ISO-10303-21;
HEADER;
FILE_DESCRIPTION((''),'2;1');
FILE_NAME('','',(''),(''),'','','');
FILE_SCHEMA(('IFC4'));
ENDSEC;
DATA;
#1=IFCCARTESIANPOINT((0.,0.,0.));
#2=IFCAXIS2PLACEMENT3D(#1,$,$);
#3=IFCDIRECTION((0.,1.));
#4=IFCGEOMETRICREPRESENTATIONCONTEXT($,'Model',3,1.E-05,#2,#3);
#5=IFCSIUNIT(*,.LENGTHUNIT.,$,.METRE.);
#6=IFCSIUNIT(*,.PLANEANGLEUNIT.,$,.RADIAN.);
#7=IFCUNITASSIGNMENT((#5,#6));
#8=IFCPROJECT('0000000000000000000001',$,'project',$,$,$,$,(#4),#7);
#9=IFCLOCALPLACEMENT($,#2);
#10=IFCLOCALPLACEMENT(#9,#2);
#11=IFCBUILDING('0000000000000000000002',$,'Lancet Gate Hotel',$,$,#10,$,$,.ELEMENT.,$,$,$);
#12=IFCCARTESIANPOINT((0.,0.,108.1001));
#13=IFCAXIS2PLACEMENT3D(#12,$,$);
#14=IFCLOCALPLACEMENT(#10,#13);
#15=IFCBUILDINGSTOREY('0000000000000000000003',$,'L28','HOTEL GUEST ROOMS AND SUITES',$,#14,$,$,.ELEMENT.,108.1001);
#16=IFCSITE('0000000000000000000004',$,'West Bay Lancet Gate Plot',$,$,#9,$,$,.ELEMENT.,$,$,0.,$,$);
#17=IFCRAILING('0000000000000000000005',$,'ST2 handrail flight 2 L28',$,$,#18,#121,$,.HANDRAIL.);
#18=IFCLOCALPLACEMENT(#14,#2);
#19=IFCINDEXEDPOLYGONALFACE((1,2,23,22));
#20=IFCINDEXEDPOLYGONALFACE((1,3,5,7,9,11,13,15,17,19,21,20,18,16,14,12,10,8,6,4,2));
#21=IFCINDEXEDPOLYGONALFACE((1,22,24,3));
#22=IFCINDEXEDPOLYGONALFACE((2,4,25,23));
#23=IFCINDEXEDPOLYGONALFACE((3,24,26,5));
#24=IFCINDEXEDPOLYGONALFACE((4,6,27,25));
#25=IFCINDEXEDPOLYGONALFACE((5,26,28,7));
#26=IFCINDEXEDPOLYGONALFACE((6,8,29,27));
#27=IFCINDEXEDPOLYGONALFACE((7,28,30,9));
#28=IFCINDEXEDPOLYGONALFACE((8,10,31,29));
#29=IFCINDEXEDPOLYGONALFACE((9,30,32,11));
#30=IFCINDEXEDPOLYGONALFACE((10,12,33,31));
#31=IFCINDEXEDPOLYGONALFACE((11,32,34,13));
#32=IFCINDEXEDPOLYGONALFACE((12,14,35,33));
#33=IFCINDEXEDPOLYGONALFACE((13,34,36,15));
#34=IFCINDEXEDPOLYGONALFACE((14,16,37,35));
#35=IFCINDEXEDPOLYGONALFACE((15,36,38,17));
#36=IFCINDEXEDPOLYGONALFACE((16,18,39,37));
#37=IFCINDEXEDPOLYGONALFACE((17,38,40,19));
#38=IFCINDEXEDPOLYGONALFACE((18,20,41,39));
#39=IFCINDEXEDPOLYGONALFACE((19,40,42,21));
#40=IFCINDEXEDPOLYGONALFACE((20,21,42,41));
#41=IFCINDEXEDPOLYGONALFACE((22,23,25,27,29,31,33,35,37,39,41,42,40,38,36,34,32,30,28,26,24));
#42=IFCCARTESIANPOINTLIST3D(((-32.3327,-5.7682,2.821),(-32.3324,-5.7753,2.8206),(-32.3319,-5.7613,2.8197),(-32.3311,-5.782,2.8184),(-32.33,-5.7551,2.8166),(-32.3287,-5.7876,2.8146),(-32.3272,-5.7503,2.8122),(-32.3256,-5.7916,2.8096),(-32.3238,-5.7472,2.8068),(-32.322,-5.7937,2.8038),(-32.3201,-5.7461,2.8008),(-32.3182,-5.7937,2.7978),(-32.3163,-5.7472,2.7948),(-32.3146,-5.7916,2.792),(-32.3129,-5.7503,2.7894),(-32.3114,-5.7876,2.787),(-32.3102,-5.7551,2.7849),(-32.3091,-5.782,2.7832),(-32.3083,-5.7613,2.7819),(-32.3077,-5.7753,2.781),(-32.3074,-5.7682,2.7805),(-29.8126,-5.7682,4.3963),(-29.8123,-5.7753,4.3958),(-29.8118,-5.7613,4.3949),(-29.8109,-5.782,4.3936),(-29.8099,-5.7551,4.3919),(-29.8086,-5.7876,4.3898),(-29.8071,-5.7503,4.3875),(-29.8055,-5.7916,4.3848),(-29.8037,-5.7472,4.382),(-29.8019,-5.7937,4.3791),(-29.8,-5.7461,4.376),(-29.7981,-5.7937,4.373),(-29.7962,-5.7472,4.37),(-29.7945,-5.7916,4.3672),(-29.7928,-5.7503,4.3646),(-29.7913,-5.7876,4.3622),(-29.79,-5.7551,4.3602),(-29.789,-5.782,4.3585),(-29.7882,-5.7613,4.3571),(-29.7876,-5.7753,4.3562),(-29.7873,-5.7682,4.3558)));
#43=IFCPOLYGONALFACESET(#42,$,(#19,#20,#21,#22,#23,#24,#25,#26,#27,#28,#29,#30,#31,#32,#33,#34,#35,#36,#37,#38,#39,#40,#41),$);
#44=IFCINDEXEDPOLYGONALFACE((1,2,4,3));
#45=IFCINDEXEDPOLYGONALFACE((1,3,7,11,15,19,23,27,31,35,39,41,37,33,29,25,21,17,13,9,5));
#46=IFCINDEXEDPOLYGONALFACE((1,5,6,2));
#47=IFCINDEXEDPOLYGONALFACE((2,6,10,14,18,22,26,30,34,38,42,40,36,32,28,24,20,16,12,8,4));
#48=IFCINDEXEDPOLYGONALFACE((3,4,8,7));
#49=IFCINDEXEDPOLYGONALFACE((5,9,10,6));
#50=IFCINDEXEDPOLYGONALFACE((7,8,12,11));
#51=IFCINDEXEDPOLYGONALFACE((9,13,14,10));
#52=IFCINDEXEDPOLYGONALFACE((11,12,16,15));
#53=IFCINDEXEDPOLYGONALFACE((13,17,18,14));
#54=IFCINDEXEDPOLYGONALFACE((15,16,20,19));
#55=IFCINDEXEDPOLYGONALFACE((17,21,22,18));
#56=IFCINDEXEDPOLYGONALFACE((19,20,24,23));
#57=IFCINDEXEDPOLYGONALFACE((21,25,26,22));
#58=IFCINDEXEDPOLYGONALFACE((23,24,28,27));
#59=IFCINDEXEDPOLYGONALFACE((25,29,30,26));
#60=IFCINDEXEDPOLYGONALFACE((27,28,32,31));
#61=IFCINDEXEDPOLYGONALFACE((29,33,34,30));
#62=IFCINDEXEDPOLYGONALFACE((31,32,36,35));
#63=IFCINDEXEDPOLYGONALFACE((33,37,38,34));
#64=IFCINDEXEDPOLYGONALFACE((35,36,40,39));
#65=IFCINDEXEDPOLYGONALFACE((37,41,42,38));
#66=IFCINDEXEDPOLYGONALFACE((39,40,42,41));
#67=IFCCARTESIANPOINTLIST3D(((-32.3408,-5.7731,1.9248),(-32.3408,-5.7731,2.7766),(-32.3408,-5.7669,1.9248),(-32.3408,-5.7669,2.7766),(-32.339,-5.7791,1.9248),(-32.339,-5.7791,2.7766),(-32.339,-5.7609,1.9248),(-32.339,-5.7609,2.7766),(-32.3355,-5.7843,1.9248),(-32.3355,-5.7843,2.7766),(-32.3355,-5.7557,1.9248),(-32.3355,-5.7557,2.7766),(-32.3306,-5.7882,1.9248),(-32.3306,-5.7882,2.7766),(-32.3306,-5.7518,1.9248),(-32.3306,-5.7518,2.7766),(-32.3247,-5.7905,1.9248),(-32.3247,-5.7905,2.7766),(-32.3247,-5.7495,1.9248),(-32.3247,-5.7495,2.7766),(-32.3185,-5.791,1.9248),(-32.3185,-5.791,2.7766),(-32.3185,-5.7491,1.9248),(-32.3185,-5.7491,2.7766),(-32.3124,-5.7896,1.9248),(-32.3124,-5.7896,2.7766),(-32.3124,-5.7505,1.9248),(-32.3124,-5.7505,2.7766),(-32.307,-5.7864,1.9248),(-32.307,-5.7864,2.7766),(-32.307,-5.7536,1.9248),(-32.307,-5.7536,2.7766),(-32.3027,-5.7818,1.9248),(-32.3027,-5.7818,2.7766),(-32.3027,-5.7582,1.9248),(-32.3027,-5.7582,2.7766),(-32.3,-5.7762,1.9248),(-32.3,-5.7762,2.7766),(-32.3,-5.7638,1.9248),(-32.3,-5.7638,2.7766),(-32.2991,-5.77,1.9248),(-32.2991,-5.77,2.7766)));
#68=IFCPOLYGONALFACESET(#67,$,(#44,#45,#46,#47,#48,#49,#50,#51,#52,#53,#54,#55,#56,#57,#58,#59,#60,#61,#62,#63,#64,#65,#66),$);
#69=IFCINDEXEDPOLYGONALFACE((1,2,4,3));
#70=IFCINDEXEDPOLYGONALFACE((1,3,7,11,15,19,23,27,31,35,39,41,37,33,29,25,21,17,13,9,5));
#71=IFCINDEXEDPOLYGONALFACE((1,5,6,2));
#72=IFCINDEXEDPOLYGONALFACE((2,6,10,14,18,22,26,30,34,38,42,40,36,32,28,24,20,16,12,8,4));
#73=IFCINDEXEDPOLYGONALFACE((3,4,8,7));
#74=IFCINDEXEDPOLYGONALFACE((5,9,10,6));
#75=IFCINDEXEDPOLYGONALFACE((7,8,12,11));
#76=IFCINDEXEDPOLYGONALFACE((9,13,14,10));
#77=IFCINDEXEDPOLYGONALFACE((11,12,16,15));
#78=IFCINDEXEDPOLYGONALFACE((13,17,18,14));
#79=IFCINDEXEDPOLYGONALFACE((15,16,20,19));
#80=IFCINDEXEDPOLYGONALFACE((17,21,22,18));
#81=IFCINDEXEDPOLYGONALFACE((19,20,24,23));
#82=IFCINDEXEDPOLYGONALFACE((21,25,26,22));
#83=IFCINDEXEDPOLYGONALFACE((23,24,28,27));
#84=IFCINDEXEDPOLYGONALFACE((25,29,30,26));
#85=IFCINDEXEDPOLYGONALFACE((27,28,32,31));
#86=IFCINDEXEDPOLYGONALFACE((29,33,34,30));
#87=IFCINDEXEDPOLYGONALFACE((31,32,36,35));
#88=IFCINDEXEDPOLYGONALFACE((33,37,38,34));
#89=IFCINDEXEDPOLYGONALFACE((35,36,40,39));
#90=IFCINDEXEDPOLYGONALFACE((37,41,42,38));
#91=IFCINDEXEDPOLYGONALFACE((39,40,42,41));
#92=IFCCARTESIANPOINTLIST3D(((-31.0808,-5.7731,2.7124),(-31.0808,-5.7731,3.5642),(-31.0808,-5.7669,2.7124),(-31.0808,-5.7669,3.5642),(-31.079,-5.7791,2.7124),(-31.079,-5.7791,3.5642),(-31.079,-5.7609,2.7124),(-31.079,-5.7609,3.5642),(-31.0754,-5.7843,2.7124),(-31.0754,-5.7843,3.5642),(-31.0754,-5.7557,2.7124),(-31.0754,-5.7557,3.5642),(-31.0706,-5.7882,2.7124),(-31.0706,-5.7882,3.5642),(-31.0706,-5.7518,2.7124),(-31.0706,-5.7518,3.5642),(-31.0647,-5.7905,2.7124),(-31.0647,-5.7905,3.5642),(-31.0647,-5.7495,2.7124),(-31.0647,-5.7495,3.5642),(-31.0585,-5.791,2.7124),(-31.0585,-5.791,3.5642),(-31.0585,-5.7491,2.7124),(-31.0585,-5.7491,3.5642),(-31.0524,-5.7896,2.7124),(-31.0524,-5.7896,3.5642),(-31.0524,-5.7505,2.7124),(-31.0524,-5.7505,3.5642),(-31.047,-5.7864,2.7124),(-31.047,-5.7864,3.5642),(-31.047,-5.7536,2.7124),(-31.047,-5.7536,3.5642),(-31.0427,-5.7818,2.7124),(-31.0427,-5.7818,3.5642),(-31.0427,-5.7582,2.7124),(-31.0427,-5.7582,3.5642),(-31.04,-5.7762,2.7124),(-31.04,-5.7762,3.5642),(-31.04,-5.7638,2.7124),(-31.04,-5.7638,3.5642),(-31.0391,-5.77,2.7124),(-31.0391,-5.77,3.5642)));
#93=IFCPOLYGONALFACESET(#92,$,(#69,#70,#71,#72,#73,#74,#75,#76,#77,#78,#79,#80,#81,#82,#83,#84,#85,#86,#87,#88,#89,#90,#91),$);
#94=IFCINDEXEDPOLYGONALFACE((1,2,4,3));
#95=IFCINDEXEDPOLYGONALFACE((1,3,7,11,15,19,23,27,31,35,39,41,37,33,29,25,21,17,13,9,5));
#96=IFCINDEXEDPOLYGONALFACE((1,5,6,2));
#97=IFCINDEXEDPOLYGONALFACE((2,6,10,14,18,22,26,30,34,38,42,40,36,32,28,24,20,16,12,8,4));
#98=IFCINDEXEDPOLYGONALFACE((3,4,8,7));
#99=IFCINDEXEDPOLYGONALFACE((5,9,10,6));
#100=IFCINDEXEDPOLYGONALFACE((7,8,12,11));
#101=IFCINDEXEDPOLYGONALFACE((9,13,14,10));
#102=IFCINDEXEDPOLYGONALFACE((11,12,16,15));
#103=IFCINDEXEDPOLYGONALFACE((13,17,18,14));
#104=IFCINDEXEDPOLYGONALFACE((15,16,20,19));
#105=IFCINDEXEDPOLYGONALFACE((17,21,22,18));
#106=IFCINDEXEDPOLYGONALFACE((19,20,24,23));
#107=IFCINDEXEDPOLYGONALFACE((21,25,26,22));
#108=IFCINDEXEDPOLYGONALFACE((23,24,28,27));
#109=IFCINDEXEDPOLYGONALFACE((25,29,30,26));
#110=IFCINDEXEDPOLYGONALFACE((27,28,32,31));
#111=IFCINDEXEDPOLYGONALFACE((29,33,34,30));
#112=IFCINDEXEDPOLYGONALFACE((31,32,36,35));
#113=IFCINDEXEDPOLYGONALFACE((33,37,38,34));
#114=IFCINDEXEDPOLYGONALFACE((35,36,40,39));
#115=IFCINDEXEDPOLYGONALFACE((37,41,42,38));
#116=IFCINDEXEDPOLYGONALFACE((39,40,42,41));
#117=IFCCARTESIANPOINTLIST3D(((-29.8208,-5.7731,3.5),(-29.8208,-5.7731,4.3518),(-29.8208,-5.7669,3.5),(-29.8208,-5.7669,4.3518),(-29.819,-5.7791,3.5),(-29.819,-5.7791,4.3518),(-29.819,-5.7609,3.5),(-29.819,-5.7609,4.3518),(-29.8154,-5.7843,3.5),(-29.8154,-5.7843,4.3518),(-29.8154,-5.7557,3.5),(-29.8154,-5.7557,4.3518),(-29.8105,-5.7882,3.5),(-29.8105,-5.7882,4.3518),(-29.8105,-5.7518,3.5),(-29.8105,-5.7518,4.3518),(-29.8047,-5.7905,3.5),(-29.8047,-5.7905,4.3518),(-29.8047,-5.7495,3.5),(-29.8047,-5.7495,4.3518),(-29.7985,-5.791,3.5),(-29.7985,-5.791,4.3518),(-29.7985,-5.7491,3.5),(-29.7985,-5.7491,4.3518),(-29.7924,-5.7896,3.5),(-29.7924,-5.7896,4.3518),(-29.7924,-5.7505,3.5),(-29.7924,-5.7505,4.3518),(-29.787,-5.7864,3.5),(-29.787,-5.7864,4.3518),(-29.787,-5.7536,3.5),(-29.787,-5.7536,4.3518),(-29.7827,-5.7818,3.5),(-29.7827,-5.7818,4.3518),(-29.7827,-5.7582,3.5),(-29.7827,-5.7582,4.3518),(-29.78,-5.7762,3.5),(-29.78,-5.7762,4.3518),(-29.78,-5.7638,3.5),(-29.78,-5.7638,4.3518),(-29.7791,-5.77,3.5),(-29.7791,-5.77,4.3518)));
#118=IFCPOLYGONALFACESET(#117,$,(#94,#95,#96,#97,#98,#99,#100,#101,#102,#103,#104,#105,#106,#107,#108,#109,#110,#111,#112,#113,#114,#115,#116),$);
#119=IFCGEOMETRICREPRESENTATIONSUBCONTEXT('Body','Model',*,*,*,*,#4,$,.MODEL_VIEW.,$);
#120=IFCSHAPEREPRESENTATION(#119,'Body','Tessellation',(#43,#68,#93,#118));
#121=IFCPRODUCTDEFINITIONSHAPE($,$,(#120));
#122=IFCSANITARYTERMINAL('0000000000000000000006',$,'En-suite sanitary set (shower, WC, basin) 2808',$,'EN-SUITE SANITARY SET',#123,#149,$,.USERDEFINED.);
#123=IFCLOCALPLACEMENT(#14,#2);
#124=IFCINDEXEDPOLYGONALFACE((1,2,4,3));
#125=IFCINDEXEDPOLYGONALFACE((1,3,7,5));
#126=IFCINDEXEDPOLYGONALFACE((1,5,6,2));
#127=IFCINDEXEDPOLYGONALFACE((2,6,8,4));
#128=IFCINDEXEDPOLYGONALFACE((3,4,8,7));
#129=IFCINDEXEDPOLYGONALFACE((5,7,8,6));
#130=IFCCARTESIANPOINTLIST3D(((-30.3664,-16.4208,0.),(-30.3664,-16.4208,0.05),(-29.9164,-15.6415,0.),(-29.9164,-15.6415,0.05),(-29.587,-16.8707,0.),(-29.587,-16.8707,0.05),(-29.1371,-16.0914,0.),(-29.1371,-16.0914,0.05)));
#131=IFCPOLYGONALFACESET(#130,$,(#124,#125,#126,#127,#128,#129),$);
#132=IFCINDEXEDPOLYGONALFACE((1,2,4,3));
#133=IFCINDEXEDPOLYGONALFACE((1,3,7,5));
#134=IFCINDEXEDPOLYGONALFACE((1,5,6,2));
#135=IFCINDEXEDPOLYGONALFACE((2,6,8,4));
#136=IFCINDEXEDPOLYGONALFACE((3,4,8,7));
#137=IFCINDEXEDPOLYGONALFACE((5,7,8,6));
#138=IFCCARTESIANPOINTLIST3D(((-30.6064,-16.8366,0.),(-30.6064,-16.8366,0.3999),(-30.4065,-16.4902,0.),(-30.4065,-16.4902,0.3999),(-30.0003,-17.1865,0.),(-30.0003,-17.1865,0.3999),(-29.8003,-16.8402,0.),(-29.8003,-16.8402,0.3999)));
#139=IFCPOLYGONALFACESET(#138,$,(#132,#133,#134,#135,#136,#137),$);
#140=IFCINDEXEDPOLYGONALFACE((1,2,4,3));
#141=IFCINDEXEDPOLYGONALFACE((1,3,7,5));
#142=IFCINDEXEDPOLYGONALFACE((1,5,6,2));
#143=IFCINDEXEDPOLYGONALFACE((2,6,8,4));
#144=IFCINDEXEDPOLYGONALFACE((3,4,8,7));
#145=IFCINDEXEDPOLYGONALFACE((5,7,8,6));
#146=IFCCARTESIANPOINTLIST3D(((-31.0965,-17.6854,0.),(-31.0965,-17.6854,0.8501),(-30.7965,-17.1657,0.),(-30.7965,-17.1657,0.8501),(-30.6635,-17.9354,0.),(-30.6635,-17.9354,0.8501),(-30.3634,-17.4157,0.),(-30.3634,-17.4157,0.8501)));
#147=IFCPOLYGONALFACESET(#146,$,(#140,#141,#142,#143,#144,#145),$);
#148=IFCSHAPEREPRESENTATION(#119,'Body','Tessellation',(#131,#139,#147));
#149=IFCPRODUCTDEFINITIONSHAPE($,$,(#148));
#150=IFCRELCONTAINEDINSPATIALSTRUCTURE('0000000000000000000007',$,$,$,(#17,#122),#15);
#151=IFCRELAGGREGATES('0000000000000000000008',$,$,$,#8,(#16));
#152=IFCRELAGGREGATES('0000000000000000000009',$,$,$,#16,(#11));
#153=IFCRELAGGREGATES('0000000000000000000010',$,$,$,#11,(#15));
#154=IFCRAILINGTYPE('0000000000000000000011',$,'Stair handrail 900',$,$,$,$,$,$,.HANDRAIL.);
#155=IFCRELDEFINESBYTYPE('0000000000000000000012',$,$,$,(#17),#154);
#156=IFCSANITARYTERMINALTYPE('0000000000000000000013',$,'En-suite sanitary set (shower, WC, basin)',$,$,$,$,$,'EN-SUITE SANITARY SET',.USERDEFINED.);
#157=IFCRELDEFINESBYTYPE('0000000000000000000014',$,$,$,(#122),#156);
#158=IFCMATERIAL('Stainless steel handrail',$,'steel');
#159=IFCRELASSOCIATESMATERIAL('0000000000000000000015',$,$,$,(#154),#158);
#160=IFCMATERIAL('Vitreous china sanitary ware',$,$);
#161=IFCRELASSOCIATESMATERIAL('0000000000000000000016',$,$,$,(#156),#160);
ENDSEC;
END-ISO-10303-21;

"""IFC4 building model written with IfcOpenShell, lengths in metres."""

from ifc_helpers import new_model, si_unit, direction, frame, origin, origin_2d, place, context, subcontext, project, spatial, rectangle, circle, extrude, material, type_object, element, save


model = new_model("IFC4")

# Units and contexts
model_context = context("Model", 3, precision=1e-05, world=origin(), true_north=direction((0.0, 1.0)))
body_context = subcontext(model_context, "Body", "Model", "MODEL_VIEW")
ifc_project = project(units=[si_unit("LENGTHUNIT", "METRE"), si_unit("PLANEANGLEUNIT", "RADIAN")], contexts=[model_context])

# Site, building, storey
site_placement = place(None, origin())
site = spatial("IfcSite", under=ifc_project, at=site_placement, Name="West Bay Lancet Gate Plot", CompositionType="ELEMENT", RefElevation=0.0)
building_placement = place(site_placement, origin())
building = spatial("IfcBuilding", under=site, at=building_placement, Name="Lancet Gate Hotel", CompositionType="ELEMENT")
storey_placement = place(building_placement, frame((0.0, 0.0, 108.1001)))
storey = spatial("IfcBuildingStorey", under=building, at=storey_placement, Name="L28", Description="HOTEL GUEST ROOMS AND SUITES", CompositionType="ELEMENT", Elevation=108.1001)

# Railing
ifc_material_1 = material(Name="Stainless steel handrail", Category="steel")
railing_type = type_object("IfcRailingType", Name="Stair handrail 900", PredefinedType="HANDRAIL", material=ifc_material_1)
railing_1_placement = place(storey_placement, frame((-32.3201, -5.77, 1.9248)))
element("IfcRailing", 1, at=railing_1_placement, inside=storey, type_object=railing_type, Name="ST2 handrail flight 2 L28", PredefinedType="HANDRAIL", context=body_context, shape_type="SweptSolid", body=[
    extrude(circle(Radius=0.0239, at=origin_2d()), frame((0.0, 0.0, 0.876), z_axis=(0.847971, 0.0, 0.530043), x_axis=(0.0, 1.0, 0.0)), (0.0, 0.0, 1.0), 2.9719),
    extrude(circle(Radius=0.021, at=origin_2d()), origin(), (0.0, 0.0, 1.0), 0.8518),
    extrude(circle(Radius=0.021, at=origin_2d()), frame((1.26, 0.0, 0.7876)), (0.0, 0.0, 1.0), 0.8518),
    extrude(circle(Radius=0.021, at=origin_2d()), frame((2.52, 0.0, 1.5752)), (0.0, 0.0, 1.0), 0.8518),
])

# Sanitary terminal
ifc_material_2 = material(Name="Vitreous china sanitary ware")
sanitary_terminal_type = type_object("IfcSanitaryTerminalType", Name="En-suite sanitary set (shower, WC, basin)", ElementType="EN-SUITE SANITARY SET", PredefinedType="USERDEFINED", material=ifc_material_2)
sanitary_terminal_placement = place(storey_placement, frame((-29.7517, -16.2561, 0.0), z_axis=(0.0, 0.0, 1.0), x_axis=(1.0, 0.0, 0.0)))
element("IfcSanitaryTerminal", 2, at=sanitary_terminal_placement, inside=storey, type_object=sanitary_terminal_type, Name="En-suite sanitary set (shower, WC, basin) 2808", ObjectType="EN-SUITE SANITARY SET", PredefinedType="USERDEFINED", context=body_context, shape_type="SweptSolid", body=[
    extrude(rectangle(XDim=0.8999, YDim=0.8999, at=origin_2d()), frame((0.0, 0.0, 0.0), z_axis=(0.0, 0.0, 1.0), x_axis=(0.5, 0.866025, 0.0)), (0.0, 0.0, 1.0), 0.05),
    extrude(rectangle(XDim=0.3999, YDim=0.7, at=origin_2d()), frame((-0.4517, -0.5823, 0.0), z_axis=(0.0, 0.0, 1.0), x_axis=(0.5, 0.866025, 0.0)), (0.0, 0.0, 1.0), 0.3999),
    extrude(rectangle(XDim=0.6001, YDim=0.5, at=origin_2d()), frame((-0.9783, -1.2944, 0.0), z_axis=(0.0, 0.0, 1.0), x_axis=(0.5, 0.866025, 0.0)), (0.0, 0.0, 1.0), 0.8501),
])

save(model, "model.ifc")
